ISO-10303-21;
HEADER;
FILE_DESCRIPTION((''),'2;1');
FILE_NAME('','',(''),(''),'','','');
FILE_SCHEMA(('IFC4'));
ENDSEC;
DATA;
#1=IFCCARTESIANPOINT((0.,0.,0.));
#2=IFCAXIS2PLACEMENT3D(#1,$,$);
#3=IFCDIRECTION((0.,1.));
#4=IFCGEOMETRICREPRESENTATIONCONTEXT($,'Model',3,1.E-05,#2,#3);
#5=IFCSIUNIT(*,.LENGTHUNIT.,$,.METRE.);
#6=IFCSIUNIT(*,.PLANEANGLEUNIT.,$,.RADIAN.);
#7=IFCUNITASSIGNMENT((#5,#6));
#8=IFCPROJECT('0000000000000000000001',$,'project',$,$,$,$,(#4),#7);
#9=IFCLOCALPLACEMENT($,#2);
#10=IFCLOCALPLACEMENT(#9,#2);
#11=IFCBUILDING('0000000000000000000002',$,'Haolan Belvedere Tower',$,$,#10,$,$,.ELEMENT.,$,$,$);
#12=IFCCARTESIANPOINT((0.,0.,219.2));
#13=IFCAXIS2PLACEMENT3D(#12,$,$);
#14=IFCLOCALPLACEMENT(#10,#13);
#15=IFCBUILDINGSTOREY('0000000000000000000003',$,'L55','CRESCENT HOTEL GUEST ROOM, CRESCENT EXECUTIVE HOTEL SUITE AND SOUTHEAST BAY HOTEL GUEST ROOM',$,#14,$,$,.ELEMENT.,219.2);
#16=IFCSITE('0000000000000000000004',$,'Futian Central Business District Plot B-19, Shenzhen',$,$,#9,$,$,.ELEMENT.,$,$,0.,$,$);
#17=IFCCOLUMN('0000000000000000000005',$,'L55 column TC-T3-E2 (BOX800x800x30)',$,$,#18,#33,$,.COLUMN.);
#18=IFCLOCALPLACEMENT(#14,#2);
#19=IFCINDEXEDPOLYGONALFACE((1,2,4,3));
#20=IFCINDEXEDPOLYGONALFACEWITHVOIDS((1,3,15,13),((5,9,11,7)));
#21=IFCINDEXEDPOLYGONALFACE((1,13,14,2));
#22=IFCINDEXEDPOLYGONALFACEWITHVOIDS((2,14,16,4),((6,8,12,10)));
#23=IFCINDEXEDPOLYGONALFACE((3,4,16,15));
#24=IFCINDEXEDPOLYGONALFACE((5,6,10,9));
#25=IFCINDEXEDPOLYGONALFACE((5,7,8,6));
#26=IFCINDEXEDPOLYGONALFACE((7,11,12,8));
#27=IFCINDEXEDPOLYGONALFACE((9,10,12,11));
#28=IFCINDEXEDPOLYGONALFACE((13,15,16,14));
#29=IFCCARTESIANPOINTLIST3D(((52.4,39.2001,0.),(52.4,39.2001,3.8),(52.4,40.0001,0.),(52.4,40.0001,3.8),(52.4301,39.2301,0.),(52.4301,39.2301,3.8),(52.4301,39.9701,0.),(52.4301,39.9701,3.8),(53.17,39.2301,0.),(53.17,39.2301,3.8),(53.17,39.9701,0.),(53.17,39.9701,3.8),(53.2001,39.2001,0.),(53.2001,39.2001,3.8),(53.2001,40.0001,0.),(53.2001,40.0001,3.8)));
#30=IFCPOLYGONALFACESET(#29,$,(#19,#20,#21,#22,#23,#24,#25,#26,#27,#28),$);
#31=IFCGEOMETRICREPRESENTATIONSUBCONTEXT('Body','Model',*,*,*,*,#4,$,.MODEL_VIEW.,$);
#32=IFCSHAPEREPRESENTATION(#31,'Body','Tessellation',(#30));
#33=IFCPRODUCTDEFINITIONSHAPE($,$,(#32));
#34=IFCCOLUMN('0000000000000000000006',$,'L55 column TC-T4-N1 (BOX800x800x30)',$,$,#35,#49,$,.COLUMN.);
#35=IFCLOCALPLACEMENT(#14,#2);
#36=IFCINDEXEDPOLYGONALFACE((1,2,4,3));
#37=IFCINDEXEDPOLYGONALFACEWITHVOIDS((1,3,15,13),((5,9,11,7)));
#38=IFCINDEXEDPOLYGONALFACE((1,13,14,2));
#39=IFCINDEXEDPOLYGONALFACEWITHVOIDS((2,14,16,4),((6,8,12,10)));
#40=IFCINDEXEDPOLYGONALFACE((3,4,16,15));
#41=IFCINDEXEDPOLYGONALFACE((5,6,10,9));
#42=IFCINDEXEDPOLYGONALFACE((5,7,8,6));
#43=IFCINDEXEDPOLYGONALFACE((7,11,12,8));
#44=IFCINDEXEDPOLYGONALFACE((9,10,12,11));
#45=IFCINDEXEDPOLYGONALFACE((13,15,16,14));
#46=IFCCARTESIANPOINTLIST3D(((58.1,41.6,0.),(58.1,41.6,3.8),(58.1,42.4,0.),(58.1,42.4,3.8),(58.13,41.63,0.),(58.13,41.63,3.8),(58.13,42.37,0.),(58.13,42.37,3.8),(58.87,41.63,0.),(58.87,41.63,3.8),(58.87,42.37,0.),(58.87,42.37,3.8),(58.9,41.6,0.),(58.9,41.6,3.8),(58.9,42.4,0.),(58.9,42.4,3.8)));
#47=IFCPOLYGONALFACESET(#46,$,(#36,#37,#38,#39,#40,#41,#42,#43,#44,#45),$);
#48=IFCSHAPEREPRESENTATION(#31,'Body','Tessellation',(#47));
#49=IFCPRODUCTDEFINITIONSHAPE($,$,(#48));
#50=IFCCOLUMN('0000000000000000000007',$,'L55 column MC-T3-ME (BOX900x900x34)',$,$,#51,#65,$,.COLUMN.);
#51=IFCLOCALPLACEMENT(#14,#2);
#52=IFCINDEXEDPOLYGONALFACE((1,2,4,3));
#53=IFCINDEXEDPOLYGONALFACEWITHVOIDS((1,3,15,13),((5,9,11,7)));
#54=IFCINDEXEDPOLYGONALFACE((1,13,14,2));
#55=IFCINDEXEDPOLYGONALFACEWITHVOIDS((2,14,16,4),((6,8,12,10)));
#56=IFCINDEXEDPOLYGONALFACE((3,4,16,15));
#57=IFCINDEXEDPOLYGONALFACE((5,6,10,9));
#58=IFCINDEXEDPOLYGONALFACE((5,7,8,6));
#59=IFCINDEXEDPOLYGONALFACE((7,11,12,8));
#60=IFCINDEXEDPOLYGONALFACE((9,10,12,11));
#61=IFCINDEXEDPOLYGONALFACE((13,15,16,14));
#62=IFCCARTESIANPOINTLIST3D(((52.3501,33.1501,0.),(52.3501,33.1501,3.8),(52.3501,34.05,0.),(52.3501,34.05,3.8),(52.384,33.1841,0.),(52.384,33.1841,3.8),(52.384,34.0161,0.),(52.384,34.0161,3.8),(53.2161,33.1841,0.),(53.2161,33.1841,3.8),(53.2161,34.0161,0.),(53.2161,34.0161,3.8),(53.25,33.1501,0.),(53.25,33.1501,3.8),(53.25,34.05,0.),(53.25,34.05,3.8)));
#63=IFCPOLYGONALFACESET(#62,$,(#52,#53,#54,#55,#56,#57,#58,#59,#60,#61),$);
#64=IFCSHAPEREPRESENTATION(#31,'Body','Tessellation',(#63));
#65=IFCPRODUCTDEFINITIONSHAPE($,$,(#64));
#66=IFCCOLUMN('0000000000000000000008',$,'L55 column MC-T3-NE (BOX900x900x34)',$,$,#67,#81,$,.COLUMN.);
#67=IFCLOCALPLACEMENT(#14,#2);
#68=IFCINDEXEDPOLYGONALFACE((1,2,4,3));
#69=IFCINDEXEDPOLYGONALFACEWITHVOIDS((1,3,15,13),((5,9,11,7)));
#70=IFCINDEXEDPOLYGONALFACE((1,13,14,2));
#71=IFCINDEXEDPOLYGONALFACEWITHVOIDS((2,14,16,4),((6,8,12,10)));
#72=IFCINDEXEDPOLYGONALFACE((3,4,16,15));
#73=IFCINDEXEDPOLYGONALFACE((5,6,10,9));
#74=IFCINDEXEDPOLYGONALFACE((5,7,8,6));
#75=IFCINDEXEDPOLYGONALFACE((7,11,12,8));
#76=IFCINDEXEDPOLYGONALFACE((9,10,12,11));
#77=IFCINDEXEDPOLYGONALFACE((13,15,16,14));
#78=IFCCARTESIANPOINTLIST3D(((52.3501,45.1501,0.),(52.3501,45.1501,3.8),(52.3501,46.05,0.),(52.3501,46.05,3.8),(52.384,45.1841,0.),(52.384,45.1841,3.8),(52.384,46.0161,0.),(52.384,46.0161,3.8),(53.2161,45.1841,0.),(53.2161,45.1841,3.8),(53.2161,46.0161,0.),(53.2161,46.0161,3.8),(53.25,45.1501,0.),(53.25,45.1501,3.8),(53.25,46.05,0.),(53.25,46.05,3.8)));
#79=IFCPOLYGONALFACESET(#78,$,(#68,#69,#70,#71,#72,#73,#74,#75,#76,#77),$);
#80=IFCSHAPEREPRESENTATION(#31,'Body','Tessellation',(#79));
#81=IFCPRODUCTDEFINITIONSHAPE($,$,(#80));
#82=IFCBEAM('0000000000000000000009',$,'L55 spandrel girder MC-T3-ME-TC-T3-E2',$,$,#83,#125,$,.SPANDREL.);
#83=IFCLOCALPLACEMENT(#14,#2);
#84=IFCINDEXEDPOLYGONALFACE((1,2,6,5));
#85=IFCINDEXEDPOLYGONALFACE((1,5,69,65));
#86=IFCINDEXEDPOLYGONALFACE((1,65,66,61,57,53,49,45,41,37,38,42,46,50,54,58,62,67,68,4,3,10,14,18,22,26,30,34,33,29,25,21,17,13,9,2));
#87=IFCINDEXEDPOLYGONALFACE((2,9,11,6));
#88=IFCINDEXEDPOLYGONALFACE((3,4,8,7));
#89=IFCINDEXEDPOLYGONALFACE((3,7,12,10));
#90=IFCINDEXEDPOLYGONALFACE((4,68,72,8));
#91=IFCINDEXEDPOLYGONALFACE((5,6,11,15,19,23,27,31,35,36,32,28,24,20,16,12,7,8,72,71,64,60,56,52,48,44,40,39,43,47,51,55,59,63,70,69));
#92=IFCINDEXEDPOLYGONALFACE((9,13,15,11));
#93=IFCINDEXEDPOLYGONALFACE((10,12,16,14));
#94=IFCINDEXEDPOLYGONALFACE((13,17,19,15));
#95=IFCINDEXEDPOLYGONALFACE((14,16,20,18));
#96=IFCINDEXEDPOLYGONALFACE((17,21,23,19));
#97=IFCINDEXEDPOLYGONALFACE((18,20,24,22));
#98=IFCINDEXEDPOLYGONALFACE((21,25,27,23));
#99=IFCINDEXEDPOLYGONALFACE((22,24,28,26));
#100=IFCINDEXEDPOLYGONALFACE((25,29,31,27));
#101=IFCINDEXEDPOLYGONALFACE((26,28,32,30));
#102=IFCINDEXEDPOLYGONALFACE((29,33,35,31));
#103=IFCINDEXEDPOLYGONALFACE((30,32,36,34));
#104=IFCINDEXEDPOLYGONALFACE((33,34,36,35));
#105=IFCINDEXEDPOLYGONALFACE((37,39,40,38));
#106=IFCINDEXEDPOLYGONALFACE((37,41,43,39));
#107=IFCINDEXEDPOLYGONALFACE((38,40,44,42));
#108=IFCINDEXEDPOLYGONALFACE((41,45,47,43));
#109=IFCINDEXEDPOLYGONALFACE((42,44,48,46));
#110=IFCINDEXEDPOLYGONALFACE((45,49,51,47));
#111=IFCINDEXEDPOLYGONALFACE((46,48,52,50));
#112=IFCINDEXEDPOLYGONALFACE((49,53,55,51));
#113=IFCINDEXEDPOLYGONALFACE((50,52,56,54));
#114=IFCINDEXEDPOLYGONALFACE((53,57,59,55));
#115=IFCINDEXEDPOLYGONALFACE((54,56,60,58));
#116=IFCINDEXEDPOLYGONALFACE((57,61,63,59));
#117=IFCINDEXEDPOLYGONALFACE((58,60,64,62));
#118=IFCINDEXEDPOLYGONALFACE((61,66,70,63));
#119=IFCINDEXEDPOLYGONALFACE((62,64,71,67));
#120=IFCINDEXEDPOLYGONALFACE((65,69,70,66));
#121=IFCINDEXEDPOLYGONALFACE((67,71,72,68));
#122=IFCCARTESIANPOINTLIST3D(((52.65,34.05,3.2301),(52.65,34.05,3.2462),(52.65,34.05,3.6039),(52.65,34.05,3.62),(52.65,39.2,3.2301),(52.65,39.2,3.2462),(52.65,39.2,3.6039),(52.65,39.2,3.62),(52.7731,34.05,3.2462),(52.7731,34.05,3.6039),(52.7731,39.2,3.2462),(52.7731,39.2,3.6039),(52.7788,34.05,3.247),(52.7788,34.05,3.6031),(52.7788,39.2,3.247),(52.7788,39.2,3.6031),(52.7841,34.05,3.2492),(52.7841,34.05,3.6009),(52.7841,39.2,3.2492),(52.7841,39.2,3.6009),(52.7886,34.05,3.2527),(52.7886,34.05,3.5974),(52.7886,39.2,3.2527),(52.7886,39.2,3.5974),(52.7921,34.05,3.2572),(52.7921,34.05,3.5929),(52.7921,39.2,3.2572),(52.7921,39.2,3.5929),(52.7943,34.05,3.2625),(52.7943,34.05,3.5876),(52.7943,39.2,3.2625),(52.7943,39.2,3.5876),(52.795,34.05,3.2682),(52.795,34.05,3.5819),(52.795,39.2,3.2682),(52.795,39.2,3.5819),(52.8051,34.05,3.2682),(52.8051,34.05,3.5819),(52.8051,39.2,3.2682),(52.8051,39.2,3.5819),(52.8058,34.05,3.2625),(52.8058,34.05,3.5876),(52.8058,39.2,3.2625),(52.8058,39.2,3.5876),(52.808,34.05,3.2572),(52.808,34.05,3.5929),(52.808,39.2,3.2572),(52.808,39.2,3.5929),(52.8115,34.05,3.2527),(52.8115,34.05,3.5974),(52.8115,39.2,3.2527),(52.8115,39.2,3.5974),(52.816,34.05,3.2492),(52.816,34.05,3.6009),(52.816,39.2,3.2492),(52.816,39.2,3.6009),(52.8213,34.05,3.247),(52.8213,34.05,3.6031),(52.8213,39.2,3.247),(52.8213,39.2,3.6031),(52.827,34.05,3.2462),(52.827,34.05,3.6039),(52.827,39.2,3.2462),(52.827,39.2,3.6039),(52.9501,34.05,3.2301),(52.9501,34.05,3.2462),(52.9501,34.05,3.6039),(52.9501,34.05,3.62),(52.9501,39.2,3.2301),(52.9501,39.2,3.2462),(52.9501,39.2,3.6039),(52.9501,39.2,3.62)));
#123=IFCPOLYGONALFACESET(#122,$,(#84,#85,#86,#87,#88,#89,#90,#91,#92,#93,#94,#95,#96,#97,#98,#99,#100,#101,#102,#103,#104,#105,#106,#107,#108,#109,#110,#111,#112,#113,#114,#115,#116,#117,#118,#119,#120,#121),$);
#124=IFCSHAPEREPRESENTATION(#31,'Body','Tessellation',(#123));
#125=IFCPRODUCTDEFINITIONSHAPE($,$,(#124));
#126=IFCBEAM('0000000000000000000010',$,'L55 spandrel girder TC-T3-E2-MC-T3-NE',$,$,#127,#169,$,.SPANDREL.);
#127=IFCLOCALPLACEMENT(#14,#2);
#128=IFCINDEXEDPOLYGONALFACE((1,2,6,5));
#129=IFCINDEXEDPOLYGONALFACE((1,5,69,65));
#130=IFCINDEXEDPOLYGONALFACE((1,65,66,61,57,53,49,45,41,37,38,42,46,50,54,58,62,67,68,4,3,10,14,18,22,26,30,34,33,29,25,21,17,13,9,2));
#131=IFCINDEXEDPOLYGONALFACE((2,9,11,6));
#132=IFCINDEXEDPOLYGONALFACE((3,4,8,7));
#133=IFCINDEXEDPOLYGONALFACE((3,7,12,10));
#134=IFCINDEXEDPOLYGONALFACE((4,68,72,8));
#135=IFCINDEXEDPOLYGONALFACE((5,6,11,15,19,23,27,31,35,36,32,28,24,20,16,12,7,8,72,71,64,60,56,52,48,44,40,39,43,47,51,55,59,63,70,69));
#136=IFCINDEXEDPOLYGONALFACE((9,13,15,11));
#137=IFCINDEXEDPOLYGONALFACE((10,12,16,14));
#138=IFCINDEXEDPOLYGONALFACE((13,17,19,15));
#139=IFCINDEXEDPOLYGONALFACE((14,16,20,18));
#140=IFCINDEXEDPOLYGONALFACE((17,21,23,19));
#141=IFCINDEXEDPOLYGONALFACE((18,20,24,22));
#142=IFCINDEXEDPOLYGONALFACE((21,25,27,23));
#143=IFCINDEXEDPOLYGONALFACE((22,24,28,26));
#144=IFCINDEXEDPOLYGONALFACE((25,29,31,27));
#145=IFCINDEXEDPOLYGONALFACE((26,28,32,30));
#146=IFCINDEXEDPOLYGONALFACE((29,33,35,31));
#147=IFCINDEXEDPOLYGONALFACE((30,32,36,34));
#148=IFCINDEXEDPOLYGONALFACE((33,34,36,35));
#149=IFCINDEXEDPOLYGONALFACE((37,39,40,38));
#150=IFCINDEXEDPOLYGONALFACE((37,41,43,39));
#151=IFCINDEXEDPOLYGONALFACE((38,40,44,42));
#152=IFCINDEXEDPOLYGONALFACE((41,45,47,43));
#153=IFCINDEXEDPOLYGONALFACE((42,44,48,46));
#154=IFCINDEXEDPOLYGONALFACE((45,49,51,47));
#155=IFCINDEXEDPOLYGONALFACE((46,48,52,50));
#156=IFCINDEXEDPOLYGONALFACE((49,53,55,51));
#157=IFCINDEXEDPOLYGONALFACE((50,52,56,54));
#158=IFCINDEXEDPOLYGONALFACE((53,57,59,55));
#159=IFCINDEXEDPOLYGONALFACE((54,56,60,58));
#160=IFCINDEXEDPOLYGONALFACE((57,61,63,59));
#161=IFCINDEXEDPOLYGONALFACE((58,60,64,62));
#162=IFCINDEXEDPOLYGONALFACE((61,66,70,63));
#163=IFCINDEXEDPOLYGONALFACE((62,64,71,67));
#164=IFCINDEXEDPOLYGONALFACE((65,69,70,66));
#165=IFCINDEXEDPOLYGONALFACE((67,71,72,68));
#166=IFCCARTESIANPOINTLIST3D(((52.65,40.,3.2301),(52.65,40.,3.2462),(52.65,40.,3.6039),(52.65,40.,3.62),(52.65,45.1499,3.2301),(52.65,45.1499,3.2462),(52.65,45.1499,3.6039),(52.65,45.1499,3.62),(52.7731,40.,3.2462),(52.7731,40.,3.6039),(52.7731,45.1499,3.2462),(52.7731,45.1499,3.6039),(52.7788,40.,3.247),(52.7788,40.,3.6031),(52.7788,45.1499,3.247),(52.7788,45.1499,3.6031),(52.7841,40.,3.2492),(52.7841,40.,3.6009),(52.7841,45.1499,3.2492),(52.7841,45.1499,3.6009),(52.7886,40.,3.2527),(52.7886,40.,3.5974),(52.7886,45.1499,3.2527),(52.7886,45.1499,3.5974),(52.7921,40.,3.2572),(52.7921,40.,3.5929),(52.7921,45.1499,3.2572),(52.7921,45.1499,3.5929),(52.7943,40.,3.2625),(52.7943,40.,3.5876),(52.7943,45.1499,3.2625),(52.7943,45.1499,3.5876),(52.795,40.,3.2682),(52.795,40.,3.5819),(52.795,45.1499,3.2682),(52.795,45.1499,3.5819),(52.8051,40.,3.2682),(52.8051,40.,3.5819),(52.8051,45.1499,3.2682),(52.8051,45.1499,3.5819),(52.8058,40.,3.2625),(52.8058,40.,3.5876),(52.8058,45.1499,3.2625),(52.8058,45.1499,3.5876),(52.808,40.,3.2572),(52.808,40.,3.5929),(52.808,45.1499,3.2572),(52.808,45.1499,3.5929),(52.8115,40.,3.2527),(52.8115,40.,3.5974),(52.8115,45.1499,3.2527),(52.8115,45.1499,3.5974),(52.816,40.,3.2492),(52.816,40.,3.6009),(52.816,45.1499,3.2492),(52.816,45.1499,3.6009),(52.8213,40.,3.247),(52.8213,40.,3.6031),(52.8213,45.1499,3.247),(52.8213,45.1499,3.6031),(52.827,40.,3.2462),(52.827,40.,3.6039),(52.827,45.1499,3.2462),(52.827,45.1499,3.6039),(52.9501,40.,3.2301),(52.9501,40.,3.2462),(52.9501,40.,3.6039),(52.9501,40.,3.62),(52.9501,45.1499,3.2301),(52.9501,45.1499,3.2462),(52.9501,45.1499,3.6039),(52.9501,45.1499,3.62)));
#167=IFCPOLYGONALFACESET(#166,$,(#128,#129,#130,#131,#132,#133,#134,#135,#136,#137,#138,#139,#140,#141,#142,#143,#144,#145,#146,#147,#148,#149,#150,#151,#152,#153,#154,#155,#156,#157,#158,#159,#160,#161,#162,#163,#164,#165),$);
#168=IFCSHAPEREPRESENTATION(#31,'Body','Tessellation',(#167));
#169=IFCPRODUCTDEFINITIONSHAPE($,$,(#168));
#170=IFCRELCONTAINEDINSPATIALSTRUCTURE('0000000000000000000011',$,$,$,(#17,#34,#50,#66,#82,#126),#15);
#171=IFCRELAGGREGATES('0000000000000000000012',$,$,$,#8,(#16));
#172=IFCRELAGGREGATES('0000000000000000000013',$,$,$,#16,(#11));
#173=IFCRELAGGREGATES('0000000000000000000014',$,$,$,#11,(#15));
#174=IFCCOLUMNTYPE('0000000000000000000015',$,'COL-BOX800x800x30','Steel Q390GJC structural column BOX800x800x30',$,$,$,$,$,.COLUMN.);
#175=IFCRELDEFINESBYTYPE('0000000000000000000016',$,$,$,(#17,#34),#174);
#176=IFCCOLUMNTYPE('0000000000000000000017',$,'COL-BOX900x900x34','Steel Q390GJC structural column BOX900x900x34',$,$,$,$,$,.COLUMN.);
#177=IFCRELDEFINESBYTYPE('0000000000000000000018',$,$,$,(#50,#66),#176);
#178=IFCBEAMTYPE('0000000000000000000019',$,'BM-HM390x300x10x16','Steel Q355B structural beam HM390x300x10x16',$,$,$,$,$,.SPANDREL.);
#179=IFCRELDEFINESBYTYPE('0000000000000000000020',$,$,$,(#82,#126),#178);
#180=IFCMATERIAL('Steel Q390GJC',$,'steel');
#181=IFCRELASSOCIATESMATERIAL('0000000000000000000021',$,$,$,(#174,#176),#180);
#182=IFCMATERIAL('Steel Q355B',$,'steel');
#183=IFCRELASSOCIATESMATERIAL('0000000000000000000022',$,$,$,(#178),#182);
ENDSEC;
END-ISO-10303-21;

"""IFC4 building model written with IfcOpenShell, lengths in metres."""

from ifc_helpers import new_model, si_unit, direction, frame, origin, origin_2d, place, context, subcontext, project, spatial, hollow_rectangle, i_section, extrude, material, material_profile, profile_set, type_object, element, save


model = new_model("IFC4")

# Units and contexts
model_context = context("Model", 3, precision=1e-05, world=origin(), true_north=direction((0.0, 1.0)))
body_context = subcontext(model_context, "Body", "Model", "MODEL_VIEW")
ifc_project = project(units=[si_unit("LENGTHUNIT", "METRE"), si_unit("PLANEANGLEUNIT", "RADIAN")], contexts=[model_context])

# Site, building, storey
site_placement = place(None, origin())
site = spatial("IfcSite", under=ifc_project, at=site_placement, Name="Futian Central Business District Plot B-19, Shenzhen", CompositionType="ELEMENT", RefElevation=0.0)
building_placement = place(site_placement, origin())
building = spatial("IfcBuilding", under=site, at=building_placement, Name="Haolan Belvedere Tower", CompositionType="ELEMENT")
storey_placement = place(building_placement, frame((0.0, 0.0, 219.2)))
storey = spatial("IfcBuildingStorey", under=building, at=storey_placement, Name="L55", Description="CRESCENT HOTEL GUEST ROOM, CRESCENT EXECUTIVE HOTEL SUITE AND SOUTHEAST BAY HOTEL GUEST ROOM", CompositionType="ELEMENT", Elevation=219.2)

# Columns
ifc_material_1 = material(Name="Steel Q390GJC", Category="steel")
ifc_material_profile_1 = material_profile(ifc_material_1, hollow_rectangle(XDim=0.8, YDim=0.8, WallThickness=0.03, at=origin_2d()), Name="Steel Q390GJC")
ifc_profile_set_1 = profile_set([ifc_material_profile_1], Name="Steel Q390GJC")
column_type_1 = type_object("IfcColumnType", Name="COL-BOX800x800x30", Description="Steel Q390GJC structural column BOX800x800x30", PredefinedType="COLUMN", material=ifc_profile_set_1)
for number, where, z_axis, x_axis, name in (
    (1, (52.8, 39.6001, 0.0), (0.0, 0.0, 1.0), (1.0, 0.0, 0.0), "L55 column TC-T3-E2 (BOX800x800x30)"),
    (2, (58.5, 42.0, 0.0), (0.0, 0.0, 1.0), (1.0, 0.0, 0.0), "L55 column TC-T4-N1 (BOX800x800x30)"),
):
    element("IfcColumn", number, at=place(storey_placement, frame(where, z_axis=z_axis, x_axis=x_axis)), inside=storey, type_object=column_type_1, Name=name, PredefinedType="COLUMN", context=body_context, shape_type="SweptSolid", body=[
        extrude(hollow_rectangle(XDim=0.8, YDim=0.8, WallThickness=0.03, at=origin_2d()), origin(), (0.0, 0.0, 1.0), 3.8),
    ])
ifc_material_profile_2 = material_profile(ifc_material_1, hollow_rectangle(XDim=0.8999, YDim=0.8999, WallThickness=0.0339, at=origin_2d()), Name="Steel Q390GJC")
ifc_profile_set_2 = profile_set([ifc_material_profile_2], Name="Steel Q390GJC")
column_type_2 = type_object("IfcColumnType", Name="COL-BOX900x900x34", Description="Steel Q390GJC structural column BOX900x900x34", PredefinedType="COLUMN", material=ifc_profile_set_2)
for number, where, z_axis, x_axis, name in (
    (3, (52.8, 33.6001, 0.0), (0.0, 0.0, 1.0), (1.0, 0.0, 0.0), "L55 column MC-T3-ME (BOX900x900x34)"),
    (4, (52.8, 45.6001, 0.0), (0.0, 0.0, 1.0), (1.0, 0.0, 0.0), "L55 column MC-T3-NE (BOX900x900x34)"),
):
    element("IfcColumn", number, at=place(storey_placement, frame(where, z_axis=z_axis, x_axis=x_axis)), inside=storey, type_object=column_type_2, Name=name, PredefinedType="COLUMN", context=body_context, shape_type="SweptSolid", body=[
        extrude(hollow_rectangle(XDim=0.8999, YDim=0.8999, WallThickness=0.0339, at=origin_2d()), origin(), (0.0, 0.0, 1.0), 3.8),
    ])

# Beams
ifc_material_2 = material(Name="Steel Q355B", Category="steel")
ifc_material_profile_3 = material_profile(ifc_material_2, i_section(OverallWidth=0.3, OverallDepth=0.3899, WebThickness=0.01, FlangeThickness=0.0161, FilletRadius=0.022, at=origin_2d()), Name="Steel Q355B")
ifc_profile_set_3 = profile_set([ifc_material_profile_3], Name="Steel Q355B")
beam_type_1 = type_object("IfcBeamType", Name="BM-HM390x300x10x16", Description="Steel Q355B structural beam HM390x300x10x16", PredefinedType="SPANDREL", material=ifc_profile_set_3)
for number, where, z_axis, x_axis, name in (
    (5, (52.8, 34.05, 3.425), (0.0, 1.0, 0.0), (-1.0, 0.0, 0.0), "L55 spandrel girder MC-T3-ME-TC-T3-E2"),
    (6, (52.8, 40.0, 3.425), (0.0, 1.0, 0.0), (-1.0, 0.0, 0.0), "L55 spandrel girder TC-T3-E2-MC-T3-NE"),
):
    element("IfcBeam", number, at=place(storey_placement, frame(where, z_axis=z_axis, x_axis=x_axis)), inside=storey, type_object=beam_type_1, Name=name, PredefinedType="SPANDREL", context=body_context, shape_type="SweptSolid", body=[
        extrude(i_section(OverallWidth=0.3, OverallDepth=0.3899, WebThickness=0.01, FlangeThickness=0.0161, FilletRadius=0.022, at=origin_2d()), origin(), (0.0, 0.0, 1.0), 5.1499),
    ])

save(model, "model.ifc")
